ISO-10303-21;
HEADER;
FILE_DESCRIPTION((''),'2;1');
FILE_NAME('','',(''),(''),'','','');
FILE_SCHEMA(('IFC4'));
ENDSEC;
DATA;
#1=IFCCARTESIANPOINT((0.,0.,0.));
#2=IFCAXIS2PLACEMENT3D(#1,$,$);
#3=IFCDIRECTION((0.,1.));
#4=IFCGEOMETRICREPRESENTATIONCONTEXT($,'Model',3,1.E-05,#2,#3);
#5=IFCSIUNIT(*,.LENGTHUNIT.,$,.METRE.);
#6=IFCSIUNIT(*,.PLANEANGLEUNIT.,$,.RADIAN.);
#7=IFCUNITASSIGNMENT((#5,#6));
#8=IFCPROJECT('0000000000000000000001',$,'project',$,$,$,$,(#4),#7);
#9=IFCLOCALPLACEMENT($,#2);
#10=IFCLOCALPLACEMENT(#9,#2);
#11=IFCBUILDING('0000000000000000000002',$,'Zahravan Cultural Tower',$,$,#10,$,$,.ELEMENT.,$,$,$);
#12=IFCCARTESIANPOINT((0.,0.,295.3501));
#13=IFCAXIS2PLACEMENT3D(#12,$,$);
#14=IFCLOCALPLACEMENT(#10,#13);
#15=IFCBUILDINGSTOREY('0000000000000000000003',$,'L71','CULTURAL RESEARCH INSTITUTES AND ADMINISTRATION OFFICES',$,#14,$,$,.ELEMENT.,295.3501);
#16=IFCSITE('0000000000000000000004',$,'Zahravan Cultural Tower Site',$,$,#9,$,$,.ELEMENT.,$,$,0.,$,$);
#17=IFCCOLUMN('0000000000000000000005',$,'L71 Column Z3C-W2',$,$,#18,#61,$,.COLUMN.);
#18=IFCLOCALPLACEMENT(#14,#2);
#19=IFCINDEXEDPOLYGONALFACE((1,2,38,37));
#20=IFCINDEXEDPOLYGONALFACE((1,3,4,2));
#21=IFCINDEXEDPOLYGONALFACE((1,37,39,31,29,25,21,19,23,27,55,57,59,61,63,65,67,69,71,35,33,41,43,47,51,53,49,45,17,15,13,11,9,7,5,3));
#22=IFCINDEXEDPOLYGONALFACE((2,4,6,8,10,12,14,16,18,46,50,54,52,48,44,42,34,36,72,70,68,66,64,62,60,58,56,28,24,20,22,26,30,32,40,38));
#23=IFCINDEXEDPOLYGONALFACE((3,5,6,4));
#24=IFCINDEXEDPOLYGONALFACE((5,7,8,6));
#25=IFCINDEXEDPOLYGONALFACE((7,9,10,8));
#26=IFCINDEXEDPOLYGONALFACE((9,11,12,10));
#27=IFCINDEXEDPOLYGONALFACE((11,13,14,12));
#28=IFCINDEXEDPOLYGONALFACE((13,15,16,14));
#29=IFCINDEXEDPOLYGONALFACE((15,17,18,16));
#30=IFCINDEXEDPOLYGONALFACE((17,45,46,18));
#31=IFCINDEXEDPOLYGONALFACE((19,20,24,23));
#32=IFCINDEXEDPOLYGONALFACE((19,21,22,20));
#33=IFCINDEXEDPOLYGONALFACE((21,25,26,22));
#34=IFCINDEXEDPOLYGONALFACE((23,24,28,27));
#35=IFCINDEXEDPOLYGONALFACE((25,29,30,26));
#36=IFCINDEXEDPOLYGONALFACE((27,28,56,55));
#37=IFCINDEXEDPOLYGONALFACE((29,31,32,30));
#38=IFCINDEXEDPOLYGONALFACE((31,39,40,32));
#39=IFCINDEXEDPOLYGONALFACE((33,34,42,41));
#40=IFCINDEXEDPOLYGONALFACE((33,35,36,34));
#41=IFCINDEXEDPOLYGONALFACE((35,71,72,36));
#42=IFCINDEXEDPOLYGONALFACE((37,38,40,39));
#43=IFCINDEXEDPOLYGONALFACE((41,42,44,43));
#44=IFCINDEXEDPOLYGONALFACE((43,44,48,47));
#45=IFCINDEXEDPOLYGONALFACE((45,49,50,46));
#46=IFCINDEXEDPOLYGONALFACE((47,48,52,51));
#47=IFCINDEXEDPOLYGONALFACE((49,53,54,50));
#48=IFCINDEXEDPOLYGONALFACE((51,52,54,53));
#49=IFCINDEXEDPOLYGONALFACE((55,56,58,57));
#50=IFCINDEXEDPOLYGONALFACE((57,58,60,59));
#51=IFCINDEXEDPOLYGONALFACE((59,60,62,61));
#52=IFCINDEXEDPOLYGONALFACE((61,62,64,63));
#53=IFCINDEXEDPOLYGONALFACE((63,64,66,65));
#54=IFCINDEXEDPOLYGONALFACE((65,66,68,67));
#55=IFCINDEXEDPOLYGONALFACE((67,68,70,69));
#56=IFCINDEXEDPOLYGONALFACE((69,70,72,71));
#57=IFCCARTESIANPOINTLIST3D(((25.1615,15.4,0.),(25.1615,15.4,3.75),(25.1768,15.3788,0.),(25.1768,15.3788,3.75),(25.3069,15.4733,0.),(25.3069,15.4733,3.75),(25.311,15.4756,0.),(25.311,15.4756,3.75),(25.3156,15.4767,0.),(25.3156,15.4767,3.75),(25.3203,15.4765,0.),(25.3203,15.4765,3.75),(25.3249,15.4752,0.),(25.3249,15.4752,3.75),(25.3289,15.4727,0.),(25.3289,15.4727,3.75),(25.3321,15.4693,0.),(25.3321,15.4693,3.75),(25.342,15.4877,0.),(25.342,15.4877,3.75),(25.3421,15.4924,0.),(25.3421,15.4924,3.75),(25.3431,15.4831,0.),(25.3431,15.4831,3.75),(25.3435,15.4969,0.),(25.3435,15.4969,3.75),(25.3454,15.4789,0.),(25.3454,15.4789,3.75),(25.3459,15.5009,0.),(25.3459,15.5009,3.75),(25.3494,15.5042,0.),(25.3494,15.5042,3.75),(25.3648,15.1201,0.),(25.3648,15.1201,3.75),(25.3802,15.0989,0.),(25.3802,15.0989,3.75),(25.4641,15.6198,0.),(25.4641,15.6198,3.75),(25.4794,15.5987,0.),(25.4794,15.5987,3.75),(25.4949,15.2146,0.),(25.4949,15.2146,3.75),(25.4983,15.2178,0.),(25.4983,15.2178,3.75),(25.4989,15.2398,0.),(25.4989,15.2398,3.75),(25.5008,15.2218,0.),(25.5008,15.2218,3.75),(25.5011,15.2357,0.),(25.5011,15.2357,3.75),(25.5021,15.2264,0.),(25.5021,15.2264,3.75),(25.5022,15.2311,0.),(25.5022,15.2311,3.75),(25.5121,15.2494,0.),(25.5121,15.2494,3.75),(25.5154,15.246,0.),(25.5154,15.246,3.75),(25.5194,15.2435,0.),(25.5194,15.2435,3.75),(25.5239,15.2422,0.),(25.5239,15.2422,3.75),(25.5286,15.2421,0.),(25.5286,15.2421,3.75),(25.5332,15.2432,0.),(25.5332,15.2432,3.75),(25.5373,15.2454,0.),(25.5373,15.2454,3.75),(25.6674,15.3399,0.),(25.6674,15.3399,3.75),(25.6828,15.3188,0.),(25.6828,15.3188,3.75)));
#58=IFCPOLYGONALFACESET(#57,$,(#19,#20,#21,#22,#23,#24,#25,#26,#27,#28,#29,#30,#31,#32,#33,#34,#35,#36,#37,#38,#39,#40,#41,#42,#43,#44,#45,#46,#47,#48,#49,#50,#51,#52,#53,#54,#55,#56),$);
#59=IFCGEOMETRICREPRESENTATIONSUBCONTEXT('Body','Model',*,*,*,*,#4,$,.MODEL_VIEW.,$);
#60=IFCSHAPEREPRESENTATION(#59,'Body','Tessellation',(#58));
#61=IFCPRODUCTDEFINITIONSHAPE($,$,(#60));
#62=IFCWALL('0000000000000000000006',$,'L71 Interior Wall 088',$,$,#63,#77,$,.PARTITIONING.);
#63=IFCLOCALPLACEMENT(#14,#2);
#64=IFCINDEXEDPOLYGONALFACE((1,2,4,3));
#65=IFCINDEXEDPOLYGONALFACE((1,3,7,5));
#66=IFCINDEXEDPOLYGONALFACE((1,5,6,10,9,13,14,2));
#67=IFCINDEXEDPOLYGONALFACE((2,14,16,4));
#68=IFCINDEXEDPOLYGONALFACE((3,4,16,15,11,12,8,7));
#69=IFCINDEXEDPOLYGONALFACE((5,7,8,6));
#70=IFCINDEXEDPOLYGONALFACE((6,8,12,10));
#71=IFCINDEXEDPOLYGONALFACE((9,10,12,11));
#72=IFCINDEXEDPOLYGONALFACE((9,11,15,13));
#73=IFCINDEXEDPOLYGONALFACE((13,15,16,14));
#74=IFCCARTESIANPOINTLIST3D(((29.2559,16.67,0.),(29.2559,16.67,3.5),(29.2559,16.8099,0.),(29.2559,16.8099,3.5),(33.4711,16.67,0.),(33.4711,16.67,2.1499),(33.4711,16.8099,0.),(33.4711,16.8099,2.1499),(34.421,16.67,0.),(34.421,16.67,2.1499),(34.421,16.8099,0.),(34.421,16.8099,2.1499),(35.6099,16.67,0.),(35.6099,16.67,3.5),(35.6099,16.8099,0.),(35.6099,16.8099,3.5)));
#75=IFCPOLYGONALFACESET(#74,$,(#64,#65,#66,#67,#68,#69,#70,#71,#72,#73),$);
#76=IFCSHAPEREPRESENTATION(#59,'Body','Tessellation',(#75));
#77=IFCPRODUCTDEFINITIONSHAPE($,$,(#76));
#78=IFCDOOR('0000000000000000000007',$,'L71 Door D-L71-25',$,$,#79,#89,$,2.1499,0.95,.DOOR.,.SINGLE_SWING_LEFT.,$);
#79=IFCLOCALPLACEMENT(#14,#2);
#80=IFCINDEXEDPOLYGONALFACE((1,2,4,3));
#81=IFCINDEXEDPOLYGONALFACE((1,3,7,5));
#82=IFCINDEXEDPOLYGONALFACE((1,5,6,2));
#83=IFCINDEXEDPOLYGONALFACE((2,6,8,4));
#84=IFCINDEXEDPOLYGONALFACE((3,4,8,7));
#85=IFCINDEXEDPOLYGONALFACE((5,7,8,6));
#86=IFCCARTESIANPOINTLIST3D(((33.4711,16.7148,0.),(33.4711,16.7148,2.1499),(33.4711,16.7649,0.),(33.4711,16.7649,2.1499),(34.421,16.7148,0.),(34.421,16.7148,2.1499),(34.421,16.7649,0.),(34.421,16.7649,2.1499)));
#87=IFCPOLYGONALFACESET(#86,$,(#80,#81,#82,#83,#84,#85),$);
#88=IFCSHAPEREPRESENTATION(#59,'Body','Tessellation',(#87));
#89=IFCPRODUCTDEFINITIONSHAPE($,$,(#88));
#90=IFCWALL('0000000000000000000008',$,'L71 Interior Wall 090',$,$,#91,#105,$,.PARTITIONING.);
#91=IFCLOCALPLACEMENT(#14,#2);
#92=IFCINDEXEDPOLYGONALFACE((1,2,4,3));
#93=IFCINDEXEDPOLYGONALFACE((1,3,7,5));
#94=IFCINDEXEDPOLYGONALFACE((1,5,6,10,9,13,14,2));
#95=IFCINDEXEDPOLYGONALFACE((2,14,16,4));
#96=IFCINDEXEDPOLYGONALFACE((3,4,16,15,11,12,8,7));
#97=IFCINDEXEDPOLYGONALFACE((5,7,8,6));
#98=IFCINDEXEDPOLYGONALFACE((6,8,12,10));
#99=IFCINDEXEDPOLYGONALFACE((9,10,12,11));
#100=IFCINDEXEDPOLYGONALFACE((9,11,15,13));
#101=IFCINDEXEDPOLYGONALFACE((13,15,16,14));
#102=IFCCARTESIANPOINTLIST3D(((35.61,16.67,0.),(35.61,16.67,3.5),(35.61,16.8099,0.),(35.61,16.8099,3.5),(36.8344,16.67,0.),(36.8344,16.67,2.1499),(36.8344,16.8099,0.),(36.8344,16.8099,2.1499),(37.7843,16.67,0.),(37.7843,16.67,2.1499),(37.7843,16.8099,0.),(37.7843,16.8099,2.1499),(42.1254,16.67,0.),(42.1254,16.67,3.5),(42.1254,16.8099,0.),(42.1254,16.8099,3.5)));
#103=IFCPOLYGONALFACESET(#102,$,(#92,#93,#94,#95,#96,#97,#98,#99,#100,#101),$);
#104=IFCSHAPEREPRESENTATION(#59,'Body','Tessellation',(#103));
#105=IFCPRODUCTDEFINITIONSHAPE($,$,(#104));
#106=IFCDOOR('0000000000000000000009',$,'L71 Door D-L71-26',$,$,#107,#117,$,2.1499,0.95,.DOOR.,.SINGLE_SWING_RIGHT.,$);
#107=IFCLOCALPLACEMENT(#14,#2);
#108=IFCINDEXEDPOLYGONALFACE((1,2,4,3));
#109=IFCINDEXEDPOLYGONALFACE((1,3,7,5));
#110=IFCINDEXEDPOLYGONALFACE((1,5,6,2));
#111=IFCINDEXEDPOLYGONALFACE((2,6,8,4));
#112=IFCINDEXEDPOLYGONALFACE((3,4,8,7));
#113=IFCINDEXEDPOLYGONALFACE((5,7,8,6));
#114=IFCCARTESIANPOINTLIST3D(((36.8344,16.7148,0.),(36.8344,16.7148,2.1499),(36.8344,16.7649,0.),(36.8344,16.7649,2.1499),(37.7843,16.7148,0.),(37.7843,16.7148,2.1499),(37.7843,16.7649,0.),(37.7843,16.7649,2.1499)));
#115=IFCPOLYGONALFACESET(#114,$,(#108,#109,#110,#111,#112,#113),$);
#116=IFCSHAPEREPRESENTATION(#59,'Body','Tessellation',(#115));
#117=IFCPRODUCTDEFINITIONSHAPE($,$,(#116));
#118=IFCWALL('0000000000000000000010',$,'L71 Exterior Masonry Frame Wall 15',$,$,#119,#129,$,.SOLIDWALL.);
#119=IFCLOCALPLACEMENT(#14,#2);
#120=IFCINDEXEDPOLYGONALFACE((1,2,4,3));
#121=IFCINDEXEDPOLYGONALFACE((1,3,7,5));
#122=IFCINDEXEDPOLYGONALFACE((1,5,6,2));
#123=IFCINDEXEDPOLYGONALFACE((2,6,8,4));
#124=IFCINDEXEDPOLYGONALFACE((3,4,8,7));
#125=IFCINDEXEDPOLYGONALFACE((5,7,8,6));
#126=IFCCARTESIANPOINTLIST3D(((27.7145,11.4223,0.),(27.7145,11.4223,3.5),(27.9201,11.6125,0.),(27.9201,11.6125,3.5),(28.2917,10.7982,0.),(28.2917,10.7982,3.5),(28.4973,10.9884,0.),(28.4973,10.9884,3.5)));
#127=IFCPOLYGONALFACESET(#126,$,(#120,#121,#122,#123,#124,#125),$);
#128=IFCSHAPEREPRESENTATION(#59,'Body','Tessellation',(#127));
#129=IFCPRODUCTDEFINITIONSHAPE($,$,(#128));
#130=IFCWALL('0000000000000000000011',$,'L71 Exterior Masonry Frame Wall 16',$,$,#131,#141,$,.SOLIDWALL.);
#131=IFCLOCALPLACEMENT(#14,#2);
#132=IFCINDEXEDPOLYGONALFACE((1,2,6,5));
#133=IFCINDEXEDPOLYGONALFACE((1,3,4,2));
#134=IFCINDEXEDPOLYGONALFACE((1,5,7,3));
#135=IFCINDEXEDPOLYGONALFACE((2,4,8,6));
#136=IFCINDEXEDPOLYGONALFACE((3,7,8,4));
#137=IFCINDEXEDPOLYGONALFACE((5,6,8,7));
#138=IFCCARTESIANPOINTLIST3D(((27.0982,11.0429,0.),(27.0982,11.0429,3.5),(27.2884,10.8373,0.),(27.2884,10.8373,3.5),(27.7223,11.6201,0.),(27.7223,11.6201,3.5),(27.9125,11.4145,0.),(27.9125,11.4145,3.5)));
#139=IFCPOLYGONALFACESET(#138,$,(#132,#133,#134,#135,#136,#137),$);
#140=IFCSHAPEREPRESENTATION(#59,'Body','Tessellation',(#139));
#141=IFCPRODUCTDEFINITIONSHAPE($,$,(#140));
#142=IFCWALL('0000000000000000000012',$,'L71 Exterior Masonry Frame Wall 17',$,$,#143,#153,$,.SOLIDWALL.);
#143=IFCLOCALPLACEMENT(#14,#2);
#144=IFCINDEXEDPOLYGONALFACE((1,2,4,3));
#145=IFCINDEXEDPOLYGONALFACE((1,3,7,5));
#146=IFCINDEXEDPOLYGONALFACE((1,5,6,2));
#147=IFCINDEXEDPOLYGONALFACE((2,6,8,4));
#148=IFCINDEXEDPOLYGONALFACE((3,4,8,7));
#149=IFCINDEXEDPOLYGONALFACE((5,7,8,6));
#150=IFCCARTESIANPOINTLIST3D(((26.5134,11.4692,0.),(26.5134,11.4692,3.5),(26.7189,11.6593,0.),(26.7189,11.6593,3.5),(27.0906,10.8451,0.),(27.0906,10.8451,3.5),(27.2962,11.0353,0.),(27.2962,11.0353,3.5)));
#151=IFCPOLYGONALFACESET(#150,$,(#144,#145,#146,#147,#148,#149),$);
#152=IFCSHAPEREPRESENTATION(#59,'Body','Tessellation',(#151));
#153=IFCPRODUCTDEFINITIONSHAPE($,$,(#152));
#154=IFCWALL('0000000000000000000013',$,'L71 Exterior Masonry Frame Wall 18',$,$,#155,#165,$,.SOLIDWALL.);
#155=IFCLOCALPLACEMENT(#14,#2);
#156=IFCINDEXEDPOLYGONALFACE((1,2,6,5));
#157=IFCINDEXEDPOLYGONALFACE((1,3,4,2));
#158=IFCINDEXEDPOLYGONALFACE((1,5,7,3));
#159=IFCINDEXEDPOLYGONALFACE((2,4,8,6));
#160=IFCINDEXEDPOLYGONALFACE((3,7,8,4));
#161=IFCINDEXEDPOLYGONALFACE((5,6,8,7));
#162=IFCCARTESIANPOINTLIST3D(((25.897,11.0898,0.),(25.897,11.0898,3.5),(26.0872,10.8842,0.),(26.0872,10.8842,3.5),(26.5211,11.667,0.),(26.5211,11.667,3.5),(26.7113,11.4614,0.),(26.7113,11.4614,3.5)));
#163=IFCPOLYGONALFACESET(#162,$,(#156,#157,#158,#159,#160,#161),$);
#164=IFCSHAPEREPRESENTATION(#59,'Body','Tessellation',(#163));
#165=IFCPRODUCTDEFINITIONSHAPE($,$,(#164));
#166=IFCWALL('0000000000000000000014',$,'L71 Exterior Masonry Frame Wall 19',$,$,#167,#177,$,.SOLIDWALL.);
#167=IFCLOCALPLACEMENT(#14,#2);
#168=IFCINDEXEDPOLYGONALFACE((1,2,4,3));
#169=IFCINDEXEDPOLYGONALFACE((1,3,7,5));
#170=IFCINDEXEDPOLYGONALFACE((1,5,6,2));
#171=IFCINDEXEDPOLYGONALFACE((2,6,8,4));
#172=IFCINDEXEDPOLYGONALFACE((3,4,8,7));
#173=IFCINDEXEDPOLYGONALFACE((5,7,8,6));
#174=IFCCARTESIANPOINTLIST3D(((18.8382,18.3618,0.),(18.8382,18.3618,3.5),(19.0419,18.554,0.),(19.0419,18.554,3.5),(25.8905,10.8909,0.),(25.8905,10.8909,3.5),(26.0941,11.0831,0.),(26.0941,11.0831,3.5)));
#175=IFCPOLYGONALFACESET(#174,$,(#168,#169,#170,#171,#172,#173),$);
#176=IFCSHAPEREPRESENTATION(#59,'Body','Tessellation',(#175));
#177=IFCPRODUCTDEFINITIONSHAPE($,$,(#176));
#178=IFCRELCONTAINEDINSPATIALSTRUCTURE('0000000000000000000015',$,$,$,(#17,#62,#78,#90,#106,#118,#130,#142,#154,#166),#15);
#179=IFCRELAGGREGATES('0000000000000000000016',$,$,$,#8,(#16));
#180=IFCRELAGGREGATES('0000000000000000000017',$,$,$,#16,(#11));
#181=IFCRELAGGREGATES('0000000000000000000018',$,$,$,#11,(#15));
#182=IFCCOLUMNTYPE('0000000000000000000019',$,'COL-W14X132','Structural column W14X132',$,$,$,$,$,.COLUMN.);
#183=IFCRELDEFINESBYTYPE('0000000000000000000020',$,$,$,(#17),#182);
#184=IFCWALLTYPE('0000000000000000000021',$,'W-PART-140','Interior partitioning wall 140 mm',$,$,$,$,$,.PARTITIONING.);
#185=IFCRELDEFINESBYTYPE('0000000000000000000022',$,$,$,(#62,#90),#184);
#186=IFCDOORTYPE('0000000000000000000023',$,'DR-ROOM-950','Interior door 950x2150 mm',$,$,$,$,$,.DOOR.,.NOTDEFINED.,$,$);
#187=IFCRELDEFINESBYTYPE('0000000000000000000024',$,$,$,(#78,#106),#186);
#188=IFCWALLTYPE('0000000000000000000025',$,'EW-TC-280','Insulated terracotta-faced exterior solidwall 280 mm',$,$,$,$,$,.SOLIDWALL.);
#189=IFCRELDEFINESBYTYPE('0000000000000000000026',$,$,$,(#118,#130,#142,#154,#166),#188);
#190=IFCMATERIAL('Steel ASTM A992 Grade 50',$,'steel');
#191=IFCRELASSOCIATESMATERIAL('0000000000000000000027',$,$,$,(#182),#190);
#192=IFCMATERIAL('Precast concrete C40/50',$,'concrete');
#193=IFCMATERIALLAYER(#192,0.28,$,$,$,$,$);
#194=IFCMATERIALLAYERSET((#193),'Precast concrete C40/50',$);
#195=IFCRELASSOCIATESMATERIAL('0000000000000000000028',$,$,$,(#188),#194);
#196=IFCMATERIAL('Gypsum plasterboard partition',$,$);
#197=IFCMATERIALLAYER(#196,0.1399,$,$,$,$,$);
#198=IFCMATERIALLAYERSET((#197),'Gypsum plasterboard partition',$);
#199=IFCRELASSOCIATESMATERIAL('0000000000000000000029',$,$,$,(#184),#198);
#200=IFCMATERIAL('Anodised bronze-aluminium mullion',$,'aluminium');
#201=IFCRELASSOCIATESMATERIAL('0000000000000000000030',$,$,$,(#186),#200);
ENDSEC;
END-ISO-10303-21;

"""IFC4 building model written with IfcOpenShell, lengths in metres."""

from ifc_helpers import new_model, si_unit, direction, frame, frame_2d, origin, origin_2d, place, context, subcontext, project, spatial, rectangle, i_section, extrude, source, transform, mapped, material, layer, layer_set, material_profile, profile_set, type_object, element, fill, save


model = new_model("IFC4")

# Units and contexts
model_context = context("Model", 3, precision=1e-05, world=origin(), true_north=direction((0.0, 1.0)))
body_context = subcontext(model_context, "Body", "Model", "MODEL_VIEW")
ifc_project = project(units=[si_unit("LENGTHUNIT", "METRE"), si_unit("PLANEANGLEUNIT", "RADIAN")], contexts=[model_context])

# Site, building, storey
site_placement = place(None, origin())
site = spatial("IfcSite", under=ifc_project, at=site_placement, Name="Zahravan Cultural Tower Site", CompositionType="ELEMENT", RefElevation=0.0)
building_placement = place(site_placement, origin())
building = spatial("IfcBuilding", under=site, at=building_placement, Name="Zahravan Cultural Tower", CompositionType="ELEMENT")
storey_placement = place(building_placement, frame((0.0, 0.0, 295.3501)))
storey = spatial("IfcBuildingStorey", under=building, at=storey_placement, Name="L71", Description="CULTURAL RESEARCH INSTITUTES AND ADMINISTRATION OFFICES", CompositionType="ELEMENT", Elevation=295.3501)

# Column
ifc_material_1 = material(Name="Steel ASTM A992 Grade 50", Category="steel")
ifc_material_profile = material_profile(ifc_material_1, i_section(OverallWidth=0.374, OverallDepth=0.3721, WebThickness=0.0164, FlangeThickness=0.0261, FilletRadius=0.0181, at=origin_2d()), Name="W14X132")
ifc_profile_set = profile_set([ifc_material_profile], Name="Steel ASTM A992 Grade 50")
column_type = type_object("IfcColumnType", Name="COL-W14X132", Description="Structural column W14X132", PredefinedType="COLUMN", material=ifc_profile_set)
shared_shape_1 = source(origin(), body_context, "Body", "SweptSolid", [
    extrude(i_section(OverallWidth=0.374, OverallDepth=0.3721, WebThickness=0.0164, FlangeThickness=0.0261, FilletRadius=0.0181, at=origin_2d()), origin(), (0.0, 0.0, 1.0), 3.75),
])
column_placement = place(storey_placement, frame((25.4221, 15.3594, 0.0), z_axis=(0.0, 0.0, 1.0), x_axis=(0.809017, 0.587785, 0.0)))
element("IfcColumn", 1, at=column_placement, inside=storey, type_object=column_type, Name="L71 Column Z3C-W2", PredefinedType="COLUMN", context=body_context, shape_type="MappedRepresentation", body=[
    mapped(shared_shape_1, transform((0.0, 0.0, 0.0), x_axis=(1.0, 0.0, 0.0), y_axis=(0.0, 1.0, 0.0), z_axis=(0.0, 0.0, 1.0), scale=1.0)),
])

# Walls, openings, doors
ifc_material_2 = material(Name="Precast concrete C40/50", Category="concrete")
ifc_layer_1 = layer(ifc_material_2, 0.28)
ifc_layer_set_1 = layer_set([ifc_layer_1], Name="Precast concrete C40/50")
wall_type_1 = type_object("IfcWallType", Name="EW-TC-280", Description="Insulated terracotta-faced exterior solidwall 280 mm", PredefinedType="SOLIDWALL", material=ifc_layer_set_1)
ifc_material_3 = material(Name="Anodised bronze-aluminium mullion", Category="aluminium")
ifc_material_4 = material(Name="Gypsum plasterboard partition")
ifc_layer_2 = layer(ifc_material_4, 0.1399)
ifc_layer_set_2 = layer_set([ifc_layer_2], Name="Gypsum plasterboard partition")
wall_type_2 = type_object("IfcWallType", Name="W-PART-140", Description="Interior partitioning wall 140 mm", PredefinedType="PARTITIONING", material=ifc_layer_set_2)
wall_1_placement = place(storey_placement, frame((29.2559, 16.74, 0.0), z_axis=(0.0, 0.0, 1.0), x_axis=(1.0, 0.0, 0.0)))
wall_1 = element("IfcWall", 2, at=wall_1_placement, inside=storey, type_object=wall_type_2, Name="L71 Interior Wall 088", PredefinedType="PARTITIONING", context=body_context, shape_type="SweptSolid", body=[
    extrude(rectangle(XDim=6.354, YDim=0.1399, at=frame_2d((3.177, 0.0))), origin(), (0.0, 0.0, 1.0), 3.5),
])
opening_1_placement = place(wall_1_placement, frame((4.2151, 0.0, 0.0)))
opening_1 = element("IfcOpeningElement", 3, at=opening_1_placement, cuts=wall_1, PredefinedType="OPENING", context=body_context, shape_type="SweptSolid", body=[
    extrude(rectangle(XDim=0.95, YDim=2.1499, at=frame_2d((0.4751, 1.075))), frame((0.0, 0.0798, 0.0), z_axis=(0.0, -1.0, 0.0), x_axis=(1.0, 0.0, 0.0)), (0.0, 0.0, 1.0), 0.1599),
])
door_type_1 = type_object("IfcDoorType", Name="DR-ROOM-950", Description="Interior door 950x2150 mm", OperationType="NOTDEFINED", PredefinedType="DOOR", material=ifc_material_3)
shared_shape_2 = source(origin(), body_context, "Body", "SweptSolid", [
    extrude(rectangle(XDim=0.95, YDim=2.1499, at=frame_2d((0.4751, 1.075))), frame((0.0, 0.0249, 0.0), z_axis=(0.0, -1.0, 0.0), x_axis=(1.0, 0.0, 0.0)), (0.0, 0.0, 1.0), 0.05),
])
door_1_placement = place(opening_1_placement, origin())
door_1 = element("IfcDoor", 4, at=door_1_placement, inside=storey, type_object=door_type_1, Name="L71 Door D-L71-25", OperationType="SINGLE_SWING_LEFT", OverallHeight=2.1499, OverallWidth=0.95, PredefinedType="DOOR", context=body_context, shape_type="MappedRepresentation", body=[
    mapped(shared_shape_2, transform((0.0, 0.0, 0.0), x_axis=(1.0, 0.0, 0.0), y_axis=(0.0, 1.0, 0.0), z_axis=(0.0, 0.0, 1.0), scale=1.0)),
])
fill(opening_1, door_1)
wall_2_placement = place(storey_placement, frame((35.6099, 16.74, 0.0), z_axis=(0.0, 0.0, 1.0), x_axis=(1.0, 0.0, 0.0)))
wall_2 = element("IfcWall", 5, at=wall_2_placement, inside=storey, type_object=wall_type_2, Name="L71 Interior Wall 090", PredefinedType="PARTITIONING", context=body_context, shape_type="SweptSolid", body=[
    extrude(rectangle(XDim=6.5154, YDim=0.1399, at=frame_2d((3.2578, 0.0))), origin(), (0.0, 0.0, 1.0), 3.5),
])
opening_2_placement = place(wall_2_placement, frame((1.2244, 0.0, 0.0)))
opening_2 = element("IfcOpeningElement", 6, at=opening_2_placement, cuts=wall_2, PredefinedType="OPENING", context=body_context, shape_type="SweptSolid", body=[
    extrude(rectangle(XDim=0.95, YDim=2.1499, at=frame_2d((0.4751, 1.075))), frame((0.0, 0.0798, 0.0), z_axis=(0.0, -1.0, 0.0), x_axis=(1.0, 0.0, 0.0)), (0.0, 0.0, 1.0), 0.1599),
])
door_2_placement = place(opening_2_placement, origin())
door_2 = element("IfcDoor", 7, at=door_2_placement, inside=storey, type_object=door_type_1, Name="L71 Door D-L71-26", OperationType="SINGLE_SWING_RIGHT", OverallHeight=2.1499, OverallWidth=0.95, PredefinedType="DOOR", context=body_context, shape_type="MappedRepresentation", body=[
    mapped(shared_shape_2, transform((0.0, 0.0, 0.0), x_axis=(1.0, 0.0, 0.0), y_axis=(0.0, 1.0, 0.0), z_axis=(0.0, 0.0, 1.0), scale=1.0)),
])
fill(opening_2, door_2)

# Walls
shared_shape_3 = source(origin(), body_context, "Body", "SweptSolid", [
    extrude(rectangle(XDim=0.8501, YDim=0.28, at=frame_2d((0.425, 0.0))), origin(), (0.0, 0.0, 1.0), 3.5),
])
for number, where, z_axis, x_axis, name in (
    (8, (28.3945, 10.8933, 0.0), (0.0, 0.0, 1.0), (-0.678996, 0.734142, 0.0), "L71 Exterior Masonry Frame Wall 15"),
    (9, (27.8174, 11.5173, 0.0), (0.0, 0.0, 1.0), (-0.734142, -0.678996, 0.0), "L71 Exterior Masonry Frame Wall 16"),
    (10, (27.1934, 10.9402, 0.0), (0.0, 0.0, 1.0), (-0.678996, 0.734142, 0.0), "L71 Exterior Masonry Frame Wall 17"),
    (11, (26.6162, 11.5642, 0.0), (0.0, 0.0, 1.0), (-0.734142, -0.678996, 0.0), "L71 Exterior Masonry Frame Wall 18"),
):
    element("IfcWall", number, at=place(storey_placement, frame(where, z_axis=z_axis, x_axis=x_axis)), inside=storey, type_object=wall_type_1, Name=name, PredefinedType="SOLIDWALL", context=body_context, shape_type="MappedRepresentation", body=[
        mapped(shared_shape_3, transform((0.0, 0.0, 0.0), x_axis=(1.0, 0.0, 0.0), y_axis=(0.0, 1.0, 0.0), z_axis=(0.0, 0.0, 1.0), scale=1.0)),
    ])
shared_shape_4 = source(origin(), body_context, "Body", "SweptSolid", [
    extrude(rectangle(XDim=10.2737, YDim=0.28, at=frame_2d((5.1367, 0.0))), origin(), (0.0, 0.0, 1.0), 3.5),
])
wall_3_placement = place(storey_placement, frame((25.9922, 10.9871, 0.0), z_axis=(0.0, 0.0, 1.0), x_axis=(-0.686436, 0.72719, 0.0)))
element("IfcWall", 12, at=wall_3_placement, inside=storey, type_object=wall_type_1, Name="L71 Exterior Masonry Frame Wall 19", PredefinedType="SOLIDWALL", context=body_context, shape_type="MappedRepresentation", body=[
    mapped(shared_shape_4, transform((0.0, 0.0, 0.0), x_axis=(1.0, 0.0, 0.0), y_axis=(0.0, 1.0, 0.0), z_axis=(0.0, 0.0, 1.0), scale=1.0)),
])

save(model, "model.ifc")
